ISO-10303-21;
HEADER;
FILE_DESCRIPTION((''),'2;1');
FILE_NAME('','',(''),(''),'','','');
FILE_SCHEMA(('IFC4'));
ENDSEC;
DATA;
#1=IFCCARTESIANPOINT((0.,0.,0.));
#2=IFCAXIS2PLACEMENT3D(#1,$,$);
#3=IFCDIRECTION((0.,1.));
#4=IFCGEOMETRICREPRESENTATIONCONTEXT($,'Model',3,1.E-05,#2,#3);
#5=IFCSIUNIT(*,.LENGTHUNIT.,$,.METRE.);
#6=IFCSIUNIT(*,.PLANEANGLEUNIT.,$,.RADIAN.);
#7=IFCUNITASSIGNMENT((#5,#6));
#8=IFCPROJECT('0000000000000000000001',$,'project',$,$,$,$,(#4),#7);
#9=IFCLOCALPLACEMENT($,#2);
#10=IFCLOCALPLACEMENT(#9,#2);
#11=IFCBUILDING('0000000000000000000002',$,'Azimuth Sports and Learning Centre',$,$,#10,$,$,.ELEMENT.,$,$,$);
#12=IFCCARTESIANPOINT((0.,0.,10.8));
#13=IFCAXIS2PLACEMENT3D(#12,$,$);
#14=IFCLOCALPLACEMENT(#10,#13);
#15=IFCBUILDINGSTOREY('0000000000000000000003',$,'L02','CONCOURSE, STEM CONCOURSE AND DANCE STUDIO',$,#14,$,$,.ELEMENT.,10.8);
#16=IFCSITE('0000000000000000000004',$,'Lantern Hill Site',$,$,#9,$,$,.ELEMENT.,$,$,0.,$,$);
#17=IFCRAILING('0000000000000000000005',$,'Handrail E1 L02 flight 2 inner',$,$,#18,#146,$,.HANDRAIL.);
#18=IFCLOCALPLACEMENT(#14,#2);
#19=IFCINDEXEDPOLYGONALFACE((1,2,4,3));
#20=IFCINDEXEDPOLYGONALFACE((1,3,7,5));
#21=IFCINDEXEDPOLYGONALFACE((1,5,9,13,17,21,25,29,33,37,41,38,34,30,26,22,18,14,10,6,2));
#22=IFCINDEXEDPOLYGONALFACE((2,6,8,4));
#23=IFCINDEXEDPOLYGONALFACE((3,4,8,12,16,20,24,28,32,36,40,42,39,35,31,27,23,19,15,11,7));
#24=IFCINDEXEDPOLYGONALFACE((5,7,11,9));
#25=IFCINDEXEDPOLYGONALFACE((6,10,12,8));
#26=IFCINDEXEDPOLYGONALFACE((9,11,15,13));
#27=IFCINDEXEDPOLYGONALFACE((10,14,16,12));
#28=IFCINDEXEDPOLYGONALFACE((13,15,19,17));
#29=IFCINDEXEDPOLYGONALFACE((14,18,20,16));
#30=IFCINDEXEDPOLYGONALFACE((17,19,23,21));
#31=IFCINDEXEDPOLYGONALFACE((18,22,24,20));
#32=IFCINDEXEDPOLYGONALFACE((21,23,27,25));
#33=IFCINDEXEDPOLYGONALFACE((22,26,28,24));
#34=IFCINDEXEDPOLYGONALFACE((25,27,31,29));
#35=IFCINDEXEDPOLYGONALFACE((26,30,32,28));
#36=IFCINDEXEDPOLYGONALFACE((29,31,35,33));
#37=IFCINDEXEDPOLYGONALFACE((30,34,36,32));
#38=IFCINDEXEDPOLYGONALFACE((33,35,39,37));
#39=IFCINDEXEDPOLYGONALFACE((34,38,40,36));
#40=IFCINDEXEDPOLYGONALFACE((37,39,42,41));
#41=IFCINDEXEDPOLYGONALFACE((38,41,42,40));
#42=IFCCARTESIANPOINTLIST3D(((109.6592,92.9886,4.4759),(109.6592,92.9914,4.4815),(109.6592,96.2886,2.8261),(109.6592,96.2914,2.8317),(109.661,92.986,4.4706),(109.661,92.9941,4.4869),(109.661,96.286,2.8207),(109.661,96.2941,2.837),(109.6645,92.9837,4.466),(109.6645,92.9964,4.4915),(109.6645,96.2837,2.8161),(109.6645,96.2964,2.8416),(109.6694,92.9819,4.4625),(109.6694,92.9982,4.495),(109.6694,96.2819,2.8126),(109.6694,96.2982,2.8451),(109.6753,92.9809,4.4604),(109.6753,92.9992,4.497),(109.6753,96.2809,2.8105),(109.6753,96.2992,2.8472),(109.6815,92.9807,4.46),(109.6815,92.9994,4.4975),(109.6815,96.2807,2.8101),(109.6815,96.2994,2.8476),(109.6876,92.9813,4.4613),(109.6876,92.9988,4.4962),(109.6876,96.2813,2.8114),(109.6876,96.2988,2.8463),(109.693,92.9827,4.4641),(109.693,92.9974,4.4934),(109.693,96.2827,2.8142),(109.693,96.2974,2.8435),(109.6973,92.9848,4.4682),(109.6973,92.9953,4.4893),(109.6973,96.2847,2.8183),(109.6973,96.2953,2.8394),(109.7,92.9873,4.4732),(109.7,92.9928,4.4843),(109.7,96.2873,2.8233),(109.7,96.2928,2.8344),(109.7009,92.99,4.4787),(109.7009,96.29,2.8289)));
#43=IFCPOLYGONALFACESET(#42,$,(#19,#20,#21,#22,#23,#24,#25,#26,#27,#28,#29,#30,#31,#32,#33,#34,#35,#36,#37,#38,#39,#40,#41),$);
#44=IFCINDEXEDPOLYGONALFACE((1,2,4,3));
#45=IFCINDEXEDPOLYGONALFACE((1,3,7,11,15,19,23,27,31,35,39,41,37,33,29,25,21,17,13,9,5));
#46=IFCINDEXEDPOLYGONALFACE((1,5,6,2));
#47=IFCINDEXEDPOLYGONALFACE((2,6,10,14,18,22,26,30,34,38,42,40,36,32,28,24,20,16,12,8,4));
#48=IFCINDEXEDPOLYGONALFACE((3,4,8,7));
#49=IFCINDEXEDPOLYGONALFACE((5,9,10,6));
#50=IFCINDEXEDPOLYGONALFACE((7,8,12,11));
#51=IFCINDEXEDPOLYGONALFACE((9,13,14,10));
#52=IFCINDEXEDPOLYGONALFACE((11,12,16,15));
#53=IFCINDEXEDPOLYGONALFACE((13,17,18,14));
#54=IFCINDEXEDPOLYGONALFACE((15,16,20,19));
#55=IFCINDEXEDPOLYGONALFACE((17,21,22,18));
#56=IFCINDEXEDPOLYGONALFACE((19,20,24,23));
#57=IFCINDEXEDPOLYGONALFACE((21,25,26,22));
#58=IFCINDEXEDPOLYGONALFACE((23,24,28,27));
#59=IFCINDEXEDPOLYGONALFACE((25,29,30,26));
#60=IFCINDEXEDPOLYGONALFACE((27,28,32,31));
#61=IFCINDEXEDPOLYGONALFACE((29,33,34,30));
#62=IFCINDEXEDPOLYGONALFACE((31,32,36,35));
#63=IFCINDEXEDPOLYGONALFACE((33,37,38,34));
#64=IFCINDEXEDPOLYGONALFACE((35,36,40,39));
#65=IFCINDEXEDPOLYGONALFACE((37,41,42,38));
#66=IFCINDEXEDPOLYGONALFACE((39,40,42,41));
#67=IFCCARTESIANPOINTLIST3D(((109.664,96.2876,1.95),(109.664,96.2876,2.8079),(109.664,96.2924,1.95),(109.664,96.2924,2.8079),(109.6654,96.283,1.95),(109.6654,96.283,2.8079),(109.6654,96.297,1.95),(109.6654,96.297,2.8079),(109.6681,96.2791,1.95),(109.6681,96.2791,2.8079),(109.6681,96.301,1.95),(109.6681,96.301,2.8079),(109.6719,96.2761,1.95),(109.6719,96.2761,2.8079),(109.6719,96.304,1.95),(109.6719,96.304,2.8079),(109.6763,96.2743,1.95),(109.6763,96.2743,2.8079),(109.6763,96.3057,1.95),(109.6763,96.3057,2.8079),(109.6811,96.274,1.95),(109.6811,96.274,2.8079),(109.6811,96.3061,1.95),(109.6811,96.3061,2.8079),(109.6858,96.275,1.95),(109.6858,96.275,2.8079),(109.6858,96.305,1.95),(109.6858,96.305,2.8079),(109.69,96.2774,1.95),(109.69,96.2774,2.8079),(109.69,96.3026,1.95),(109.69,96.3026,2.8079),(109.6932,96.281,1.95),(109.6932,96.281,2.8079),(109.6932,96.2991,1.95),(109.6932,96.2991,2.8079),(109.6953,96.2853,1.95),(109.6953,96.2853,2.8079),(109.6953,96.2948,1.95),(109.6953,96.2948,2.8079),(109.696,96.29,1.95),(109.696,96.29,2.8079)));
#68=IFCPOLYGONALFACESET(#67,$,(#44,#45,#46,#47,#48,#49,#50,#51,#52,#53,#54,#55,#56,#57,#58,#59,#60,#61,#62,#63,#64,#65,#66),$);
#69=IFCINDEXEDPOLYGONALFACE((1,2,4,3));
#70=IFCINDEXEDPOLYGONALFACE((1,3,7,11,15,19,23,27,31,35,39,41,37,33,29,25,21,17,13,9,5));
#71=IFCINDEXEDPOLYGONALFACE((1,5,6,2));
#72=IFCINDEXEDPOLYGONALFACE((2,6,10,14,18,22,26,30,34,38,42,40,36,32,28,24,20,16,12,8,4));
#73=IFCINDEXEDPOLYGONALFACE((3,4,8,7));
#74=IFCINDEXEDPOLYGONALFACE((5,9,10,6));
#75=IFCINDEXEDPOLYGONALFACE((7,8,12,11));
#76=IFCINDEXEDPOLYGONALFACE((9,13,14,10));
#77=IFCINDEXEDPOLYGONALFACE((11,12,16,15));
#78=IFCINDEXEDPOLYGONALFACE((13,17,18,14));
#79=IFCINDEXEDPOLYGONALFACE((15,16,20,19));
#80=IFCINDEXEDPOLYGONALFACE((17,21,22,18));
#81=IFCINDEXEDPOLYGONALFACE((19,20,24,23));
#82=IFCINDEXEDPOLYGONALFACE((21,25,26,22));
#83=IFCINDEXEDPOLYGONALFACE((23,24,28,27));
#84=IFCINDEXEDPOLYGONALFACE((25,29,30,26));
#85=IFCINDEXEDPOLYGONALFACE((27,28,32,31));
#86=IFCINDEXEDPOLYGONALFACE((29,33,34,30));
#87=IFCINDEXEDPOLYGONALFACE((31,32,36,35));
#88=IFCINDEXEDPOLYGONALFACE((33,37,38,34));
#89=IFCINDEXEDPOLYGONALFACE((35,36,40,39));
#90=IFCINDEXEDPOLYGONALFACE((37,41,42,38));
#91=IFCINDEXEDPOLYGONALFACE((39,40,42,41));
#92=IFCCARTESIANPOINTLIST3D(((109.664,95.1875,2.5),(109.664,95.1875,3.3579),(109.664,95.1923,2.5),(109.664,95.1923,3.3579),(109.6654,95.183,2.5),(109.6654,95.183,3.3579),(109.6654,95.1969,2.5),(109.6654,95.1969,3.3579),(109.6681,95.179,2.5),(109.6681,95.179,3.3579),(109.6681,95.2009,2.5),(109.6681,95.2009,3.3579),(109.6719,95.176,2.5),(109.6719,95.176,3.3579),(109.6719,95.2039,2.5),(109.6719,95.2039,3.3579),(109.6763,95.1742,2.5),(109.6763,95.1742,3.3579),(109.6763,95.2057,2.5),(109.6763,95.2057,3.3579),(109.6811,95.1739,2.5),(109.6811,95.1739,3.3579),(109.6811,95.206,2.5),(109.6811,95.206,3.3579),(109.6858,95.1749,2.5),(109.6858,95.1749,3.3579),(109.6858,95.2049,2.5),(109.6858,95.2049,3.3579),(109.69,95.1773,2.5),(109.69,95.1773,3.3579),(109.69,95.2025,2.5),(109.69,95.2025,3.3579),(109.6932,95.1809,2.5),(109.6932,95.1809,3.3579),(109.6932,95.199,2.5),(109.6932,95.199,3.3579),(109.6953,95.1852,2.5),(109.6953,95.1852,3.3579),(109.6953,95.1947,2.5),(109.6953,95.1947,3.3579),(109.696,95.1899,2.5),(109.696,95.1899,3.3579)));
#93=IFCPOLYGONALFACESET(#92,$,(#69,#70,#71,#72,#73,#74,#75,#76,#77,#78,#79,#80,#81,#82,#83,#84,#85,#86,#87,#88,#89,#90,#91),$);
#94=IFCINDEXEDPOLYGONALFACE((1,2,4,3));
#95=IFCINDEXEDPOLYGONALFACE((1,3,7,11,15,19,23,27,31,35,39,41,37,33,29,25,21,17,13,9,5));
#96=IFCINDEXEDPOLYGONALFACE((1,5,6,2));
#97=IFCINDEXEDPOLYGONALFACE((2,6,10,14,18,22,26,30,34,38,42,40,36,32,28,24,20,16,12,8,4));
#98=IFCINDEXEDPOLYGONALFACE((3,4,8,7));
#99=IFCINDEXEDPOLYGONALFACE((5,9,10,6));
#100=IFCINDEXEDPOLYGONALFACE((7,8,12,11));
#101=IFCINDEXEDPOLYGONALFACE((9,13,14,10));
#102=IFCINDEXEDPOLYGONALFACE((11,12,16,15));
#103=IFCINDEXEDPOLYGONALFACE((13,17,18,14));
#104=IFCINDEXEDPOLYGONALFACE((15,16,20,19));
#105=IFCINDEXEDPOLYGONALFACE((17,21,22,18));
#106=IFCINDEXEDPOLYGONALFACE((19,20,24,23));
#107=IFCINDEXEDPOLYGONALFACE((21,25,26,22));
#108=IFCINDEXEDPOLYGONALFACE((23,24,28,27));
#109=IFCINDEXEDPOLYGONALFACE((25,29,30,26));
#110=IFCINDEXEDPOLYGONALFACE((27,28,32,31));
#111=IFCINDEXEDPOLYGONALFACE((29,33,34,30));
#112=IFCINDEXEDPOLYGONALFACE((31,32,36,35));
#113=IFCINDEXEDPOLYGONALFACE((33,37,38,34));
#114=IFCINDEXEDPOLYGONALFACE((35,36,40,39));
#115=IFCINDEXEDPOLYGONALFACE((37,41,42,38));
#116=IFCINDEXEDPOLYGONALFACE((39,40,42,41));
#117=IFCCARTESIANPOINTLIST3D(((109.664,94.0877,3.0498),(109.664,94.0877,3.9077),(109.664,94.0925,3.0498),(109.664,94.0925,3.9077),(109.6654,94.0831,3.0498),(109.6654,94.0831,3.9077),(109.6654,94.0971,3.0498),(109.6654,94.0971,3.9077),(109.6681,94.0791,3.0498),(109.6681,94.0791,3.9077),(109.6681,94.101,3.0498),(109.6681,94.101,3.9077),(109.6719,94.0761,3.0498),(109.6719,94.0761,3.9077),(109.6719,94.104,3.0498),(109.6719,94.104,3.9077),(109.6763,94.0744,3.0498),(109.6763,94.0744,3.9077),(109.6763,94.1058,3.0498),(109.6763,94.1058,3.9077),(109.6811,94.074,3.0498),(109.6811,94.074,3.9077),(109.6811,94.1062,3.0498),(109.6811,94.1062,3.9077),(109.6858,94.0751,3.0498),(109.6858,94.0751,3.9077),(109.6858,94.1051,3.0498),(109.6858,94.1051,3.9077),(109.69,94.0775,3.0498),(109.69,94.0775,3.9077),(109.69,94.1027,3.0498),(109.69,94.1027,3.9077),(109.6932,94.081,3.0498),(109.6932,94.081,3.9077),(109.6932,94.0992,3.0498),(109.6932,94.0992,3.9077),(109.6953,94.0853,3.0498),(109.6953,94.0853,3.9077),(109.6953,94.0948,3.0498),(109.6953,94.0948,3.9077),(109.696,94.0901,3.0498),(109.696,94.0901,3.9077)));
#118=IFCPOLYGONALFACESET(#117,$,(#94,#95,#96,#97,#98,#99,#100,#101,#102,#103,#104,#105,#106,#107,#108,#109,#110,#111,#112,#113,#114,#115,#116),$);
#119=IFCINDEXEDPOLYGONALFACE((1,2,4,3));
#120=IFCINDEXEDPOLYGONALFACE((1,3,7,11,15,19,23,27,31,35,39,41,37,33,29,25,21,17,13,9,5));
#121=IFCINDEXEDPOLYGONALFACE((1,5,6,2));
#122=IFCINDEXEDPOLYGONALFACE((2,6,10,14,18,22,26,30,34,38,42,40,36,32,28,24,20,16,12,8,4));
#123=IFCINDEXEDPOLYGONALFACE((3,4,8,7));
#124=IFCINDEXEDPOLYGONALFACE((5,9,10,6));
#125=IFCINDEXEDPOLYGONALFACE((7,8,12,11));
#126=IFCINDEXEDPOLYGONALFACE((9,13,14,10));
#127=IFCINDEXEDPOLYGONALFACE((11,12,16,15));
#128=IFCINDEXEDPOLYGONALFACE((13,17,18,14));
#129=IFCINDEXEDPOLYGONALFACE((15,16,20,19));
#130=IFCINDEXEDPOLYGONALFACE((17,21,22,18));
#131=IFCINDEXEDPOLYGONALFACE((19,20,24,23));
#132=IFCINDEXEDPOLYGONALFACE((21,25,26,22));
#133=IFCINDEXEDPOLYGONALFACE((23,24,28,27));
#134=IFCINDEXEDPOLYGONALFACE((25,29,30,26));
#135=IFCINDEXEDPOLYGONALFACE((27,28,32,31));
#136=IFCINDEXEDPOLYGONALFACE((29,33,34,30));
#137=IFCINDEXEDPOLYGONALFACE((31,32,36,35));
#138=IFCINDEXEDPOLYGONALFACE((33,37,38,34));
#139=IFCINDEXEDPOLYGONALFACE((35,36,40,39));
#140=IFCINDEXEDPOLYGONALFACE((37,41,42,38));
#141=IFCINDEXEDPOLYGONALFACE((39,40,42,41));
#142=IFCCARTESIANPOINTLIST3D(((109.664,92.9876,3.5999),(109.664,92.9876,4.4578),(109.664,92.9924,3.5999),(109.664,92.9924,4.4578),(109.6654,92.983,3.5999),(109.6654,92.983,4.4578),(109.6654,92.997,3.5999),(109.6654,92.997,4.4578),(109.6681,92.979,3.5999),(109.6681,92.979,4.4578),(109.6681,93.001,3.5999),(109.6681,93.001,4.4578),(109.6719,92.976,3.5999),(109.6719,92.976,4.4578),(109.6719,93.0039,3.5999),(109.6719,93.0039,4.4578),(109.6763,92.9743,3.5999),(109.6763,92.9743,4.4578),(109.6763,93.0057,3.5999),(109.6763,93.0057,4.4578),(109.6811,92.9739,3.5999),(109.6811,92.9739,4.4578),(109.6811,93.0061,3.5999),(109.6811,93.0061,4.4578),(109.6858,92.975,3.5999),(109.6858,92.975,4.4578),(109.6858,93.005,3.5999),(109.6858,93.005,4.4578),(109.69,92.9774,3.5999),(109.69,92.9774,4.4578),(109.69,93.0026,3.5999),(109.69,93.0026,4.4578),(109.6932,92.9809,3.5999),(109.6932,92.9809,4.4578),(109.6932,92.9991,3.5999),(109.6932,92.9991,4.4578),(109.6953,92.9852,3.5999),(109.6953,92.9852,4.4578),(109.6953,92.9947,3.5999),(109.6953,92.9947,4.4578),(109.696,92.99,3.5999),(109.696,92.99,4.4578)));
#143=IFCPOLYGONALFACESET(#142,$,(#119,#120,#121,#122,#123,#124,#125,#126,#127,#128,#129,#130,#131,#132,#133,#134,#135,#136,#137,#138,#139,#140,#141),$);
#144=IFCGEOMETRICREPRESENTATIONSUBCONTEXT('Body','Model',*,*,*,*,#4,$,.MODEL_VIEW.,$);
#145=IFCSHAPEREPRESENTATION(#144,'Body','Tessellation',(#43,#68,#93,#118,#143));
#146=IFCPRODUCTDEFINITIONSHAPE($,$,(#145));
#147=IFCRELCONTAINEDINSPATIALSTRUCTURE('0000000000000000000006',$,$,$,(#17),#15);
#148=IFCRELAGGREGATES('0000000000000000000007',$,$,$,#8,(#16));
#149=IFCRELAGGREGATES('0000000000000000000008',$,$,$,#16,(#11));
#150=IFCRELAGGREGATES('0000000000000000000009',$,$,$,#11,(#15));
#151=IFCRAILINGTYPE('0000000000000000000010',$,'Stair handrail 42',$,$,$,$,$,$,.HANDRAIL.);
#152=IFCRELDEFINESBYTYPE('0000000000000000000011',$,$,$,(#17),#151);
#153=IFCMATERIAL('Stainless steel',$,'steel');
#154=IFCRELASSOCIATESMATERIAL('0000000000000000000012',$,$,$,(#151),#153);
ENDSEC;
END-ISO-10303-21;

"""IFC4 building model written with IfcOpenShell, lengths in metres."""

from ifc_helpers import new_model, si_unit, direction, frame, origin, origin_2d, place, context, subcontext, project, spatial, circle, extrude, material, type_object, element, save


model = new_model("IFC4")

# Units and contexts
model_context = context("Model", 3, precision=1e-05, world=origin(), true_north=direction((0.0, 1.0)))
body_context = subcontext(model_context, "Body", "Model", "MODEL_VIEW")
ifc_project = project(units=[si_unit("LENGTHUNIT", "METRE"), si_unit("PLANEANGLEUNIT", "RADIAN")], contexts=[model_context])

# Site, building, storey
site_placement = place(None, origin())
site = spatial("IfcSite", under=ifc_project, at=site_placement, Name="Lantern Hill Site", CompositionType="ELEMENT", RefElevation=0.0)
building_placement = place(site_placement, origin())
building = spatial("IfcBuilding", under=site, at=building_placement, Name="Azimuth Sports and Learning Centre", CompositionType="ELEMENT")
storey_placement = place(building_placement, frame((0.0, 0.0, 10.8)))
storey = spatial("IfcBuildingStorey", under=building, at=storey_placement, Name="L02", Description="CONCOURSE, STEM CONCOURSE AND DANCE STUDIO", CompositionType="ELEMENT", Elevation=10.8)

# Railing
ifc_material_1 = material(Name="Stainless steel", Category="steel")
railing_type_1 = type_object("IfcRailingType", Name="Stair handrail 42", PredefinedType="HANDRAIL", material=ifc_material_1)
for number, where, name in (
    (1, (109.6799, 96.29, 1.95), "Handrail E1 L02 flight 2 inner"),
):
    element("IfcRailing", number, at=place(storey_placement, frame(where)), inside=storey, type_object=railing_type_1, Name=name, PredefinedType="HANDRAIL", context=body_context, shape_type="SweptSolid", body=[
        extrude(circle(Radius=0.021, at=origin_2d()), frame((0.0, 0.0, 0.8789), z_axis=(0.0, -0.89444, 0.447187), x_axis=(1.0, 0.0, 0.0)), (0.0, 0.0, 1.0), 3.6895),
        extrude(circle(Radius=0.0161, at=origin_2d()), origin(), (0.0, 0.0, 1.0), 0.8579),
        extrude(circle(Radius=0.0161, at=origin_2d()), frame((0.0, -1.1001, 0.55)), (0.0, 0.0, 1.0), 0.8579),
        extrude(circle(Radius=0.0161, at=origin_2d()), frame((0.0, -2.2, 1.0999)), (0.0, 0.0, 1.0), 0.8579),
        extrude(circle(Radius=0.0161, at=origin_2d()), frame((0.0, -3.3, 1.6499)), (0.0, 0.0, 1.0), 0.8579),
    ])

save(model, "model.ifc")
